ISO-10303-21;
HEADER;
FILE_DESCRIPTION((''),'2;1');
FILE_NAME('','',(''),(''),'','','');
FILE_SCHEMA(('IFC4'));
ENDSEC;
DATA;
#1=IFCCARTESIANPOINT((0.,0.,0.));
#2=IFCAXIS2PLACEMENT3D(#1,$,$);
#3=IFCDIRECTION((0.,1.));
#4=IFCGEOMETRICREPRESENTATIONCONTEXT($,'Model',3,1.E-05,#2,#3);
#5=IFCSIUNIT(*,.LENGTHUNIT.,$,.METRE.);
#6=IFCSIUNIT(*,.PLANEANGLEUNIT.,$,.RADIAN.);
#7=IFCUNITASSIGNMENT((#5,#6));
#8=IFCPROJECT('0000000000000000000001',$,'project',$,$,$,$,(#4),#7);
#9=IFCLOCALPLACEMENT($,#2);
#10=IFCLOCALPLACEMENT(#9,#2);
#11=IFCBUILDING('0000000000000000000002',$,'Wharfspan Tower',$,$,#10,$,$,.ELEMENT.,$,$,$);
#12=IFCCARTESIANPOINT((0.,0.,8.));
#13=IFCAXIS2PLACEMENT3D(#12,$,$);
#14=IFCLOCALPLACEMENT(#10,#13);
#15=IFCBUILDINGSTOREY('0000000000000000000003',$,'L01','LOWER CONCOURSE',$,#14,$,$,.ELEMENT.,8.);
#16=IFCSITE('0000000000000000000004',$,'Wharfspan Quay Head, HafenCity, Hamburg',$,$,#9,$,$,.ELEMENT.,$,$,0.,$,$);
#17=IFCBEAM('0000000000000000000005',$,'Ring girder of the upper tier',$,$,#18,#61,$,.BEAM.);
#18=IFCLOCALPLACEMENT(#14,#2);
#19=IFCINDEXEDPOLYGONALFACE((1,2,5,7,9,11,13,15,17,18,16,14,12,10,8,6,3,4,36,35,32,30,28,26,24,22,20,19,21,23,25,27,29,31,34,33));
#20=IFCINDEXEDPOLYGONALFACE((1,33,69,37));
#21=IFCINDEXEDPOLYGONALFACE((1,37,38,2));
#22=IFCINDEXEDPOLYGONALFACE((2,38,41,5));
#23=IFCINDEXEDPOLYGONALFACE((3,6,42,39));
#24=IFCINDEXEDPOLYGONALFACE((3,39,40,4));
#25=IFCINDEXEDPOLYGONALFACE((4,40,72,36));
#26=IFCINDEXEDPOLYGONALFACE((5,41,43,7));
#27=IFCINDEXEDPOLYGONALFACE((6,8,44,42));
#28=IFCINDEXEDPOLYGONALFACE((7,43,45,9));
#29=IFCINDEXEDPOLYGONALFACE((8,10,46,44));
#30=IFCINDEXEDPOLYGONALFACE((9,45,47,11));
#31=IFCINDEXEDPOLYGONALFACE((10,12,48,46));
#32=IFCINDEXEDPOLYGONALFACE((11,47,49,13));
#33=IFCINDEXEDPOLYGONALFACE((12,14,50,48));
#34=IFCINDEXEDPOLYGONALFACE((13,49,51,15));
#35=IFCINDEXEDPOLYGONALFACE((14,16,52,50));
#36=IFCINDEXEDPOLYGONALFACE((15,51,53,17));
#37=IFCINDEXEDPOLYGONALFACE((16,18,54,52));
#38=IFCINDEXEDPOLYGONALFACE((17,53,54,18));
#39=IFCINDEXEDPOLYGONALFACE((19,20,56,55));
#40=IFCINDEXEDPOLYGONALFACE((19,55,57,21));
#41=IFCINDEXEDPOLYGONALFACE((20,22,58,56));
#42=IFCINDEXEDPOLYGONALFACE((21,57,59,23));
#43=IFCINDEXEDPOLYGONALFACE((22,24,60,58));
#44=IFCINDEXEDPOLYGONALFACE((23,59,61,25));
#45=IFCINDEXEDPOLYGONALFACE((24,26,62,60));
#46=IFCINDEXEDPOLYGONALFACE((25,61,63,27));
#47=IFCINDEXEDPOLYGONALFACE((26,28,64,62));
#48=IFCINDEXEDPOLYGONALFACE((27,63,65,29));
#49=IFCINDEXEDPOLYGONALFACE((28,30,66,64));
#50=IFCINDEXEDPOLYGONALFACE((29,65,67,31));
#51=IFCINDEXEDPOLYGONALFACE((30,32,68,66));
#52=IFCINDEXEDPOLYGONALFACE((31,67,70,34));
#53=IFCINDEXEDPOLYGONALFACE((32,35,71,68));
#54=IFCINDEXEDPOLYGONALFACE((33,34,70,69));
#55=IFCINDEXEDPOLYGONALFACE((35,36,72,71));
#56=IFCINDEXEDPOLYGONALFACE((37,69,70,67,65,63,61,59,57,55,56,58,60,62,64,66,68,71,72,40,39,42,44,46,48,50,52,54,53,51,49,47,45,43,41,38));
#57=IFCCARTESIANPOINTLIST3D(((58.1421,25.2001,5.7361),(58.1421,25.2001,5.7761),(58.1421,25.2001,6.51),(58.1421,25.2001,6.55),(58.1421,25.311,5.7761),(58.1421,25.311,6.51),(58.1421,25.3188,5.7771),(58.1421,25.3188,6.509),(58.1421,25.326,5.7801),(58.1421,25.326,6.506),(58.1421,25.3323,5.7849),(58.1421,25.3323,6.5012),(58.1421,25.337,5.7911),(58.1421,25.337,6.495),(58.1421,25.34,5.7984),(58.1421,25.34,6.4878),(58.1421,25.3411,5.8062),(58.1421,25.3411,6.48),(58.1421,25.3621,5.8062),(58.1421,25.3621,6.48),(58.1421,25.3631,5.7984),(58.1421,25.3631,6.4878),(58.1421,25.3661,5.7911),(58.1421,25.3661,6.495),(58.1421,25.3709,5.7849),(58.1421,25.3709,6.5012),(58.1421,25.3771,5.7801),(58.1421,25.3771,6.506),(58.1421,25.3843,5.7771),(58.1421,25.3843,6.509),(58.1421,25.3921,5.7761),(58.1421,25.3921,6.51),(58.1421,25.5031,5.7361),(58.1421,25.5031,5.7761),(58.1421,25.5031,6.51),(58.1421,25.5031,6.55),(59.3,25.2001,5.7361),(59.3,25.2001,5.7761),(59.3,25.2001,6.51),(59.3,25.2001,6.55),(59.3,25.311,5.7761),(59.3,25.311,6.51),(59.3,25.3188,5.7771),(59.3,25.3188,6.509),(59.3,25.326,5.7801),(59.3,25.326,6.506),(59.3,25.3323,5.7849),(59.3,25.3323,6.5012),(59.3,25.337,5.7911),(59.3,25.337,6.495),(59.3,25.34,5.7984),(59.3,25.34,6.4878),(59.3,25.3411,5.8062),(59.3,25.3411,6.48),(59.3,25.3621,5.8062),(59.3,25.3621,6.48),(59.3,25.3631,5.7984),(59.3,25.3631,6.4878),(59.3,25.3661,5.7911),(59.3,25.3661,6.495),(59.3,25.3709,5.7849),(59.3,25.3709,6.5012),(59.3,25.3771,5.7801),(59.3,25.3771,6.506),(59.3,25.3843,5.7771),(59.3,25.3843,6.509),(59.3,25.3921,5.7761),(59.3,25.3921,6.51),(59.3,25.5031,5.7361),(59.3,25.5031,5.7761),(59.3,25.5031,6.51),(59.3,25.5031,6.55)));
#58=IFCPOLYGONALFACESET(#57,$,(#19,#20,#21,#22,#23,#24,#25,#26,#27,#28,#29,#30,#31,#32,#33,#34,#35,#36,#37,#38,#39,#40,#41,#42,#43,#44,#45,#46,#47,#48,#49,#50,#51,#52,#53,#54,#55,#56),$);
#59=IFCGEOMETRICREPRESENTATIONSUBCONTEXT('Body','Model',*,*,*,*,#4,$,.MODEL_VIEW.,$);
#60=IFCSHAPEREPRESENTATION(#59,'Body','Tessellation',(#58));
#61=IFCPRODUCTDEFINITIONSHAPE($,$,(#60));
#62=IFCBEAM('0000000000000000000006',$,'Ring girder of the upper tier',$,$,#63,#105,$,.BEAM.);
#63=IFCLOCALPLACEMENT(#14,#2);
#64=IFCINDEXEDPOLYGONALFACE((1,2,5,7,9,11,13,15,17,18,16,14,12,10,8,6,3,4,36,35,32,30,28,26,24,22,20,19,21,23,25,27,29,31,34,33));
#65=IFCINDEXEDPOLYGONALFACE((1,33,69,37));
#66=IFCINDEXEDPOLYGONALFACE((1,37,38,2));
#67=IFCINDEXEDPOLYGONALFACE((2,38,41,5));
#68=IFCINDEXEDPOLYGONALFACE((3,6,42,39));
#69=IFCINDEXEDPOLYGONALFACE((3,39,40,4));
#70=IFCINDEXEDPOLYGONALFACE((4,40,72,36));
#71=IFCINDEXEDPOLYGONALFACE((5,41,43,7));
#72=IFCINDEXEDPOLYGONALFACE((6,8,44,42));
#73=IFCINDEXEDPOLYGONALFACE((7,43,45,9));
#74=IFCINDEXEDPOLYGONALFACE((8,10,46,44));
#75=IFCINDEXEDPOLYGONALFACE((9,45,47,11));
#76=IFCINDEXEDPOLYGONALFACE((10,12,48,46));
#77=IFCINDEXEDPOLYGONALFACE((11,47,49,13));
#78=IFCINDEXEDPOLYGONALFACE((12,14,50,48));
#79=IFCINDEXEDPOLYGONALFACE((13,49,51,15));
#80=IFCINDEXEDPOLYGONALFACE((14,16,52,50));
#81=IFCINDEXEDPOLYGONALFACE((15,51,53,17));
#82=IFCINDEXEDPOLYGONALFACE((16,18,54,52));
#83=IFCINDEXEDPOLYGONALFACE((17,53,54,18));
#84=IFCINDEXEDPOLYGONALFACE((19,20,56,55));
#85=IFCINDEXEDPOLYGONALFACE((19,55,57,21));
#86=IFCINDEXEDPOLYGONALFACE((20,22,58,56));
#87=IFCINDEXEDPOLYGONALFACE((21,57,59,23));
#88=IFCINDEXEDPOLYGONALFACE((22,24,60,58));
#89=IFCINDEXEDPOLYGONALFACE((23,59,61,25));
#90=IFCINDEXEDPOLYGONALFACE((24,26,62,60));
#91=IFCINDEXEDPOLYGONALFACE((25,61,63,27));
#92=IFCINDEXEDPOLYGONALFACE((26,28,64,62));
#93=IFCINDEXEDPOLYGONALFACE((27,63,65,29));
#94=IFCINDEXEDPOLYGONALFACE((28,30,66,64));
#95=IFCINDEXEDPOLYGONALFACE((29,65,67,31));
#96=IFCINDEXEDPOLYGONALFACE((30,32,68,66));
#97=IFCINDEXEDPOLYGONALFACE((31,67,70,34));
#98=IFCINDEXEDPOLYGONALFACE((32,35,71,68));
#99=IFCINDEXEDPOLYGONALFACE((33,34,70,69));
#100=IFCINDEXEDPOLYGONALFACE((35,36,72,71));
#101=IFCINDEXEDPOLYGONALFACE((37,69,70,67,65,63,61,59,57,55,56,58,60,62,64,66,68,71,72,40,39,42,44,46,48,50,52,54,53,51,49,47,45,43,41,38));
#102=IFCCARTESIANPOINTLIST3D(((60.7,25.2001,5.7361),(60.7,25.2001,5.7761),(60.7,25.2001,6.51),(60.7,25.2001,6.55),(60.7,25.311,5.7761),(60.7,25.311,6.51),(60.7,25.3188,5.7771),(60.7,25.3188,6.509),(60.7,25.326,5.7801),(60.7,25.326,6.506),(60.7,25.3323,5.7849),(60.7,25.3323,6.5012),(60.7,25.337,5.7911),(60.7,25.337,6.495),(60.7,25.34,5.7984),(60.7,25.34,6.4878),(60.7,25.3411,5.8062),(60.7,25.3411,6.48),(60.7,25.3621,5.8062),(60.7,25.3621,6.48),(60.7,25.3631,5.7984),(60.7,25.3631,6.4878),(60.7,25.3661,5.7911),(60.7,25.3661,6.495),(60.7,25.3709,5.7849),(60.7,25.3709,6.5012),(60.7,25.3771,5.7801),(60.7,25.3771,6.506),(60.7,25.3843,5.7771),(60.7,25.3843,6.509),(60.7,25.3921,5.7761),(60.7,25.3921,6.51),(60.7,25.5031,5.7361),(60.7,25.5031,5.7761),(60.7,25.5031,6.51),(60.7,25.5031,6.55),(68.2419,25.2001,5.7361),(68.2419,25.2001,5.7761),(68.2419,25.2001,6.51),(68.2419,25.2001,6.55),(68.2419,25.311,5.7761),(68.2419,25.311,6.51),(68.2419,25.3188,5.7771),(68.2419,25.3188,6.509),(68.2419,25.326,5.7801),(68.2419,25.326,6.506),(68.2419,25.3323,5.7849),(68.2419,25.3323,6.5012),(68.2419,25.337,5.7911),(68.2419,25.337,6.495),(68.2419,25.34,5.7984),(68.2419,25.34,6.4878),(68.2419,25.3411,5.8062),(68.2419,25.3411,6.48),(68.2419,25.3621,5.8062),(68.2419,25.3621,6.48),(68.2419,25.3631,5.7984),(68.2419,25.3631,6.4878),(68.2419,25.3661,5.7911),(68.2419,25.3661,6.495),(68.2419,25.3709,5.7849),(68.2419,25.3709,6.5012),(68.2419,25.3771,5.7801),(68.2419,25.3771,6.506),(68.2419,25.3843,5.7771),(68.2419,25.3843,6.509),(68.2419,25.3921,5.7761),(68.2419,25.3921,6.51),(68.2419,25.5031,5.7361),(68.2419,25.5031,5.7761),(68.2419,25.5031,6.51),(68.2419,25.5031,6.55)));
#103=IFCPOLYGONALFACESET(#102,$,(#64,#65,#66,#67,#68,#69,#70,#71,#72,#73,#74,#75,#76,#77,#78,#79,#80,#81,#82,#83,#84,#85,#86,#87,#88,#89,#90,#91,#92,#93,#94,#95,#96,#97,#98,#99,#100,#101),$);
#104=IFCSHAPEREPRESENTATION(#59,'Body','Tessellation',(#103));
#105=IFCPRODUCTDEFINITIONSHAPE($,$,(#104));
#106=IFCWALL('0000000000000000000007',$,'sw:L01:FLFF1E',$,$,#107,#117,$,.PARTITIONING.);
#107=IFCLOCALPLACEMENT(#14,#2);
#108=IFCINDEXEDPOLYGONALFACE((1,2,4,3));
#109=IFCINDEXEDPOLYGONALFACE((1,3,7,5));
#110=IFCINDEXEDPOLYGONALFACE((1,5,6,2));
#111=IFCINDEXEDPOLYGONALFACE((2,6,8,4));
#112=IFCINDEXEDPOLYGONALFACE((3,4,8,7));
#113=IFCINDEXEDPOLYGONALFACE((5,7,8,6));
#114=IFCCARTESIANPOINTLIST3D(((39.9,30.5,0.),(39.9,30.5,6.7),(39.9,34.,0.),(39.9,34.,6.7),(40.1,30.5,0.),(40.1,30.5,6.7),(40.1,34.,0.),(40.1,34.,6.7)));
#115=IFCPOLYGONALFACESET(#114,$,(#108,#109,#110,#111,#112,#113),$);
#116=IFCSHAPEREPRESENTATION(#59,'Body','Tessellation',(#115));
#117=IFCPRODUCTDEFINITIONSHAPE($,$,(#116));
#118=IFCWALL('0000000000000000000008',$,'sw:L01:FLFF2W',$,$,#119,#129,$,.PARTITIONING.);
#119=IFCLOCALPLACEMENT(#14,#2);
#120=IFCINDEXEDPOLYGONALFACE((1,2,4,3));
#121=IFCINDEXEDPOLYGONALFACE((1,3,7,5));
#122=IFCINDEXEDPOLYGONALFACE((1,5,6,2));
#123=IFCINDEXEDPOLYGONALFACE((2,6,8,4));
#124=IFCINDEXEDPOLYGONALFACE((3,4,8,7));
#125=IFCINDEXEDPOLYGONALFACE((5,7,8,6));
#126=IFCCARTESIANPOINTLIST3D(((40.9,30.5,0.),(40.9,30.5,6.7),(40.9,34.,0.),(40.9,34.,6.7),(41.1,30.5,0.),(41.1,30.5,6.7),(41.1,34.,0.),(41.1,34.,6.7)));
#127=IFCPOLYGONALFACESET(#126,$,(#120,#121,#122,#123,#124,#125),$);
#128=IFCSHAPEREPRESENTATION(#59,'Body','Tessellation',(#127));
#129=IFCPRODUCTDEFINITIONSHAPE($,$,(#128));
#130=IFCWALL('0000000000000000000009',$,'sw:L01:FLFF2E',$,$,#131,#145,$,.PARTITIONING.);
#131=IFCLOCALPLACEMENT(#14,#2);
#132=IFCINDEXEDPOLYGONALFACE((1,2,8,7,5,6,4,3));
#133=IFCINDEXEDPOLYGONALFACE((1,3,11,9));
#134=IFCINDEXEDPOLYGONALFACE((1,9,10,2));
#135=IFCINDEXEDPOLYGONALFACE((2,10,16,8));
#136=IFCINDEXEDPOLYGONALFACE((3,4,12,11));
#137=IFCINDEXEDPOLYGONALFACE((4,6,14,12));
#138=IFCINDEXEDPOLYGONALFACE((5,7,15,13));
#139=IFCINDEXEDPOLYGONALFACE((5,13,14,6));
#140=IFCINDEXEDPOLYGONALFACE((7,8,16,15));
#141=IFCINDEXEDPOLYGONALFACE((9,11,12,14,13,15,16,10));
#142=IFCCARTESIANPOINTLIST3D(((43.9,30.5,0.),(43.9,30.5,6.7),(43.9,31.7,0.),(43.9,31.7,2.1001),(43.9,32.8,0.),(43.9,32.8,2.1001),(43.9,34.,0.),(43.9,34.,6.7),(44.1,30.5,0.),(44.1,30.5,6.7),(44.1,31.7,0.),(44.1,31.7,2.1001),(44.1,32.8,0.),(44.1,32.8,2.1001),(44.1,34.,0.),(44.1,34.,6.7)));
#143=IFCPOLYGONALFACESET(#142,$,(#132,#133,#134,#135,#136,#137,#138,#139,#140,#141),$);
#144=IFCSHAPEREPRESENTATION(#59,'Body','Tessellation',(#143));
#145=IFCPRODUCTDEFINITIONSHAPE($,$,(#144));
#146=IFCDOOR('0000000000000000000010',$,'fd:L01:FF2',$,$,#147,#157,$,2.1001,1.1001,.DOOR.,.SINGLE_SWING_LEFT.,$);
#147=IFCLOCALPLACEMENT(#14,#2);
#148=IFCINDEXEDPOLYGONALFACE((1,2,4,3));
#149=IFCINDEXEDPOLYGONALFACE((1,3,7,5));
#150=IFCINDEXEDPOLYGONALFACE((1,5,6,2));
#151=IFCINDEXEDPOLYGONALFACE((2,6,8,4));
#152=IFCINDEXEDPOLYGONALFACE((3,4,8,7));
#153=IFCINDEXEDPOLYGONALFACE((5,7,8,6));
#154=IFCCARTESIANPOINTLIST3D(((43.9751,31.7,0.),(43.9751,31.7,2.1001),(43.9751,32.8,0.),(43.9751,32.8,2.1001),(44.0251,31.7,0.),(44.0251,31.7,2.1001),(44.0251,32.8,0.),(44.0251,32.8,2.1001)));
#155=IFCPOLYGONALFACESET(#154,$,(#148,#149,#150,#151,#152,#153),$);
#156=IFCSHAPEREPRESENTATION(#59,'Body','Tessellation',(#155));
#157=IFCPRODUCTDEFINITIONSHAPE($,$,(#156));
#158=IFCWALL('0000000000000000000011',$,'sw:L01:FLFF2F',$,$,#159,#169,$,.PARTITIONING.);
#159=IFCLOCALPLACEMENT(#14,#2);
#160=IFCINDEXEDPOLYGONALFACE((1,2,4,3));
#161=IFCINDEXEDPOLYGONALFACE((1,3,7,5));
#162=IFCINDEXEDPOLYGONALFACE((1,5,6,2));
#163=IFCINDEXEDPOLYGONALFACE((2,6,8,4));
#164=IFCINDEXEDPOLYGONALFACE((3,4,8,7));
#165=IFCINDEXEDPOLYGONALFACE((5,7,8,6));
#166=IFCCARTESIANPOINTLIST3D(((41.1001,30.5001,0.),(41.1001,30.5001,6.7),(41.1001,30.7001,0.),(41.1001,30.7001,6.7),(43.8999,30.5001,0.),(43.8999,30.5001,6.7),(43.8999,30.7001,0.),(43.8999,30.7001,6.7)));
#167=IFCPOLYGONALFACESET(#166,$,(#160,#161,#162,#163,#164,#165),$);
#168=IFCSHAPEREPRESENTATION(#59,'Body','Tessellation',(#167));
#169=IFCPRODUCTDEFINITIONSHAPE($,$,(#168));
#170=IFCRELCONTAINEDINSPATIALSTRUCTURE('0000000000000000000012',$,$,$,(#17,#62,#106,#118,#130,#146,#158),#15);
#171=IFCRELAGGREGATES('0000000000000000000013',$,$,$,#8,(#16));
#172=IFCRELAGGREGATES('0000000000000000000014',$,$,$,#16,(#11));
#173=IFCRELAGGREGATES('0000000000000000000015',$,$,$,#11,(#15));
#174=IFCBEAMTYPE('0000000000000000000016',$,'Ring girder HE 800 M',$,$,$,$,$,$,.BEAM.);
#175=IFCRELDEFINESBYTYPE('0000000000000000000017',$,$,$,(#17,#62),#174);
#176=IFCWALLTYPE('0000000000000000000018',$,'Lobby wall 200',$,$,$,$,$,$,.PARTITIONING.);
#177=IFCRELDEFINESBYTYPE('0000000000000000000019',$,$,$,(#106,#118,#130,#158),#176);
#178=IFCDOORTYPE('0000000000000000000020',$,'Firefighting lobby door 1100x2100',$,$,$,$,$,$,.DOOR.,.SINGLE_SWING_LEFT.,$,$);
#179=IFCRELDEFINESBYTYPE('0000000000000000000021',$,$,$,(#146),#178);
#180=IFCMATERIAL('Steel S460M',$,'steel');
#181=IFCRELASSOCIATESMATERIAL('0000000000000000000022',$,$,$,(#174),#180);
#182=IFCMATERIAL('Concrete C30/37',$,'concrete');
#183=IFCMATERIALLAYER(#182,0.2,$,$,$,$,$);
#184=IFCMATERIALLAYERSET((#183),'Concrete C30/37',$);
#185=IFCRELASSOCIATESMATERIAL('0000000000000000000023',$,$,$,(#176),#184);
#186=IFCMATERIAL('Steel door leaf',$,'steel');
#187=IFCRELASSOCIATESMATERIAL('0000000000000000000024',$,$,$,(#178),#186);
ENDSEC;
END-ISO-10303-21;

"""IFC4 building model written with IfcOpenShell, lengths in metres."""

from ifc_helpers import new_model, si_unit, direction, frame, frame_2d, origin, origin_2d, place, context, subcontext, project, spatial, rectangle, i_section, extrude, material, layer, layer_set, material_profile, profile_set, type_object, element, fill, save


model = new_model("IFC4")

# Units and contexts
model_context = context("Model", 3, precision=1e-05, world=origin(), true_north=direction((0.0, 1.0)))
body_context = subcontext(model_context, "Body", "Model", "MODEL_VIEW")
ifc_project = project(units=[si_unit("LENGTHUNIT", "METRE"), si_unit("PLANEANGLEUNIT", "RADIAN")], contexts=[model_context])

# Site, building, storey
site_placement = place(None, origin())
site = spatial("IfcSite", under=ifc_project, at=site_placement, Name="Wharfspan Quay Head, HafenCity, Hamburg", CompositionType="ELEMENT", RefElevation=0.0)
building_placement = place(site_placement, origin())
building = spatial("IfcBuilding", under=site, at=building_placement, Name="Wharfspan Tower", CompositionType="ELEMENT")
storey_placement = place(building_placement, frame((0.0, 0.0, 8.0)))
storey = spatial("IfcBuildingStorey", under=building, at=storey_placement, Name="L01", Description="LOWER CONCOURSE", CompositionType="ELEMENT", Elevation=8.0)

# Beams
ifc_material_1 = material(Name="Steel S460M", Category="steel")
ifc_material_profile_1 = material_profile(ifc_material_1, i_section(OverallWidth=0.303, OverallDepth=0.814, WebThickness=0.021, FlangeThickness=0.04, FilletRadius=0.03, at=origin_2d()))
ifc_profile_set_1 = profile_set([ifc_material_profile_1], Name="Steel S460M")
beam_type_1 = type_object("IfcBeamType", Name="Ring girder HE 800 M", PredefinedType="BEAM", material=ifc_profile_set_1)
beam_1_placement = place(storey_placement, frame((58.1421, 25.3516, 6.1431), z_axis=(1.0, 0.0, 0.0), x_axis=(0.0, 1.0, 0.0)))
element("IfcBeam", 1, at=beam_1_placement, inside=storey, type_object=beam_type_1, Name="Ring girder of the upper tier", PredefinedType="BEAM", context=body_context, shape_type="SweptSolid", body=[
    extrude(i_section(OverallWidth=0.303, OverallDepth=0.814, WebThickness=0.021, FlangeThickness=0.04, FilletRadius=0.03, at=origin_2d()), origin(), (0.0, 0.0, 1.0), 1.158),
])
beam_2_placement = place(storey_placement, frame((60.7, 25.3516, 6.1431), z_axis=(1.0, 0.0, 0.0), x_axis=(0.0, 1.0, 0.0)))
element("IfcBeam", 2, at=beam_2_placement, inside=storey, type_object=beam_type_1, Name="Ring girder of the upper tier", PredefinedType="BEAM", context=body_context, shape_type="SweptSolid", body=[
    extrude(i_section(OverallWidth=0.303, OverallDepth=0.814, WebThickness=0.021, FlangeThickness=0.04, FilletRadius=0.03, at=origin_2d()), origin(), (0.0, 0.0, 1.0), 7.542),
])

# Walls
ifc_material_2 = material(Name="Concrete C30/37", Category="concrete")
ifc_layer = layer(ifc_material_2, 0.2)
ifc_layer_set = layer_set([ifc_layer], Name="Concrete C30/37")
wall_type = type_object("IfcWallType", Name="Lobby wall 200", PredefinedType="PARTITIONING", material=ifc_layer_set)
for number, where, z_axis, x_axis, name in (
    (3, (40.0, 30.5, 0.0), (0.0, 0.0, 1.0), (0.0, 1.0, 0.0), "sw:L01:FLFF1E"),
    (4, (41.0, 30.5, 0.0), (0.0, 0.0, 1.0), (0.0, 1.0, 0.0), "sw:L01:FLFF2W"),
):
    element("IfcWall", number, at=place(storey_placement, frame(where, z_axis=z_axis, x_axis=x_axis)), inside=storey, type_object=wall_type, Name=name, PredefinedType="PARTITIONING", context=body_context, shape_type="SweptSolid", body=[
        extrude(rectangle(XDim=3.5, YDim=0.2, at=frame_2d((1.75, 0.0))), origin(), (0.0, 0.0, 1.0), 6.7),
    ])

# Wall, opening, door
wall_1_placement = place(storey_placement, frame((44.0, 30.5, 0.0), z_axis=(0.0, 0.0, 1.0), x_axis=(0.0, 1.0, 0.0)))
wall_1 = element("IfcWall", 5, at=wall_1_placement, inside=storey, type_object=wall_type, Name="sw:L01:FLFF2E", PredefinedType="PARTITIONING", context=body_context, shape_type="SweptSolid", body=[
    extrude(rectangle(XDim=3.5, YDim=0.2, at=frame_2d((1.75, 0.0))), origin(), (0.0, 0.0, 1.0), 6.7),
])
opening_placement = place(wall_1_placement, frame((1.2, 0.0, 0.0)))
opening = element("IfcOpeningElement", 6, at=opening_placement, cuts=wall_1, PredefinedType="OPENING", context=body_context, shape_type="SweptSolid", body=[
    extrude(rectangle(XDim=1.1001, YDim=2.1001, at=frame_2d((0.55, 1.05))), frame((0.0, 0.1099, 0.0), z_axis=(0.0, -1.0, 0.0), x_axis=(1.0, 0.0, 0.0)), (0.0, 0.0, 1.0), 0.22),
])
ifc_material_3 = material(Name="Steel door leaf", Category="steel")
door_type = type_object("IfcDoorType", Name="Firefighting lobby door 1100x2100", OperationType="SINGLE_SWING_LEFT", PredefinedType="DOOR", material=ifc_material_3)
door_placement = place(opening_placement, origin())
door = element("IfcDoor", 7, at=door_placement, inside=storey, type_object=door_type, Name="fd:L01:FF2", OperationType="SINGLE_SWING_LEFT", OverallHeight=2.1001, OverallWidth=1.1001, PredefinedType="DOOR", context=body_context, shape_type="SweptSolid", body=[
    extrude(rectangle(XDim=1.1001, YDim=2.1001, at=frame_2d((0.55, 1.05))), frame((0.0, 0.0249, 0.0), z_axis=(0.0, -1.0, 0.0), x_axis=(1.0, 0.0, 0.0)), (0.0, 0.0, 1.0), 0.05),
])
fill(opening, door)

# Wall
wall_2_placement = place(storey_placement, frame((41.1001, 30.6001, 0.0), z_axis=(0.0, 0.0, 1.0), x_axis=(1.0, 0.0, 0.0)))
element("IfcWall", 8, at=wall_2_placement, inside=storey, type_object=wall_type, Name="sw:L01:FLFF2F", PredefinedType="PARTITIONING", context=body_context, shape_type="SweptSolid", body=[
    extrude(rectangle(XDim=2.7998, YDim=0.2, at=frame_2d((1.3999, 0.0))), origin(), (0.0, 0.0, 1.0), 6.7),
])

save(model, "model.ifc")
